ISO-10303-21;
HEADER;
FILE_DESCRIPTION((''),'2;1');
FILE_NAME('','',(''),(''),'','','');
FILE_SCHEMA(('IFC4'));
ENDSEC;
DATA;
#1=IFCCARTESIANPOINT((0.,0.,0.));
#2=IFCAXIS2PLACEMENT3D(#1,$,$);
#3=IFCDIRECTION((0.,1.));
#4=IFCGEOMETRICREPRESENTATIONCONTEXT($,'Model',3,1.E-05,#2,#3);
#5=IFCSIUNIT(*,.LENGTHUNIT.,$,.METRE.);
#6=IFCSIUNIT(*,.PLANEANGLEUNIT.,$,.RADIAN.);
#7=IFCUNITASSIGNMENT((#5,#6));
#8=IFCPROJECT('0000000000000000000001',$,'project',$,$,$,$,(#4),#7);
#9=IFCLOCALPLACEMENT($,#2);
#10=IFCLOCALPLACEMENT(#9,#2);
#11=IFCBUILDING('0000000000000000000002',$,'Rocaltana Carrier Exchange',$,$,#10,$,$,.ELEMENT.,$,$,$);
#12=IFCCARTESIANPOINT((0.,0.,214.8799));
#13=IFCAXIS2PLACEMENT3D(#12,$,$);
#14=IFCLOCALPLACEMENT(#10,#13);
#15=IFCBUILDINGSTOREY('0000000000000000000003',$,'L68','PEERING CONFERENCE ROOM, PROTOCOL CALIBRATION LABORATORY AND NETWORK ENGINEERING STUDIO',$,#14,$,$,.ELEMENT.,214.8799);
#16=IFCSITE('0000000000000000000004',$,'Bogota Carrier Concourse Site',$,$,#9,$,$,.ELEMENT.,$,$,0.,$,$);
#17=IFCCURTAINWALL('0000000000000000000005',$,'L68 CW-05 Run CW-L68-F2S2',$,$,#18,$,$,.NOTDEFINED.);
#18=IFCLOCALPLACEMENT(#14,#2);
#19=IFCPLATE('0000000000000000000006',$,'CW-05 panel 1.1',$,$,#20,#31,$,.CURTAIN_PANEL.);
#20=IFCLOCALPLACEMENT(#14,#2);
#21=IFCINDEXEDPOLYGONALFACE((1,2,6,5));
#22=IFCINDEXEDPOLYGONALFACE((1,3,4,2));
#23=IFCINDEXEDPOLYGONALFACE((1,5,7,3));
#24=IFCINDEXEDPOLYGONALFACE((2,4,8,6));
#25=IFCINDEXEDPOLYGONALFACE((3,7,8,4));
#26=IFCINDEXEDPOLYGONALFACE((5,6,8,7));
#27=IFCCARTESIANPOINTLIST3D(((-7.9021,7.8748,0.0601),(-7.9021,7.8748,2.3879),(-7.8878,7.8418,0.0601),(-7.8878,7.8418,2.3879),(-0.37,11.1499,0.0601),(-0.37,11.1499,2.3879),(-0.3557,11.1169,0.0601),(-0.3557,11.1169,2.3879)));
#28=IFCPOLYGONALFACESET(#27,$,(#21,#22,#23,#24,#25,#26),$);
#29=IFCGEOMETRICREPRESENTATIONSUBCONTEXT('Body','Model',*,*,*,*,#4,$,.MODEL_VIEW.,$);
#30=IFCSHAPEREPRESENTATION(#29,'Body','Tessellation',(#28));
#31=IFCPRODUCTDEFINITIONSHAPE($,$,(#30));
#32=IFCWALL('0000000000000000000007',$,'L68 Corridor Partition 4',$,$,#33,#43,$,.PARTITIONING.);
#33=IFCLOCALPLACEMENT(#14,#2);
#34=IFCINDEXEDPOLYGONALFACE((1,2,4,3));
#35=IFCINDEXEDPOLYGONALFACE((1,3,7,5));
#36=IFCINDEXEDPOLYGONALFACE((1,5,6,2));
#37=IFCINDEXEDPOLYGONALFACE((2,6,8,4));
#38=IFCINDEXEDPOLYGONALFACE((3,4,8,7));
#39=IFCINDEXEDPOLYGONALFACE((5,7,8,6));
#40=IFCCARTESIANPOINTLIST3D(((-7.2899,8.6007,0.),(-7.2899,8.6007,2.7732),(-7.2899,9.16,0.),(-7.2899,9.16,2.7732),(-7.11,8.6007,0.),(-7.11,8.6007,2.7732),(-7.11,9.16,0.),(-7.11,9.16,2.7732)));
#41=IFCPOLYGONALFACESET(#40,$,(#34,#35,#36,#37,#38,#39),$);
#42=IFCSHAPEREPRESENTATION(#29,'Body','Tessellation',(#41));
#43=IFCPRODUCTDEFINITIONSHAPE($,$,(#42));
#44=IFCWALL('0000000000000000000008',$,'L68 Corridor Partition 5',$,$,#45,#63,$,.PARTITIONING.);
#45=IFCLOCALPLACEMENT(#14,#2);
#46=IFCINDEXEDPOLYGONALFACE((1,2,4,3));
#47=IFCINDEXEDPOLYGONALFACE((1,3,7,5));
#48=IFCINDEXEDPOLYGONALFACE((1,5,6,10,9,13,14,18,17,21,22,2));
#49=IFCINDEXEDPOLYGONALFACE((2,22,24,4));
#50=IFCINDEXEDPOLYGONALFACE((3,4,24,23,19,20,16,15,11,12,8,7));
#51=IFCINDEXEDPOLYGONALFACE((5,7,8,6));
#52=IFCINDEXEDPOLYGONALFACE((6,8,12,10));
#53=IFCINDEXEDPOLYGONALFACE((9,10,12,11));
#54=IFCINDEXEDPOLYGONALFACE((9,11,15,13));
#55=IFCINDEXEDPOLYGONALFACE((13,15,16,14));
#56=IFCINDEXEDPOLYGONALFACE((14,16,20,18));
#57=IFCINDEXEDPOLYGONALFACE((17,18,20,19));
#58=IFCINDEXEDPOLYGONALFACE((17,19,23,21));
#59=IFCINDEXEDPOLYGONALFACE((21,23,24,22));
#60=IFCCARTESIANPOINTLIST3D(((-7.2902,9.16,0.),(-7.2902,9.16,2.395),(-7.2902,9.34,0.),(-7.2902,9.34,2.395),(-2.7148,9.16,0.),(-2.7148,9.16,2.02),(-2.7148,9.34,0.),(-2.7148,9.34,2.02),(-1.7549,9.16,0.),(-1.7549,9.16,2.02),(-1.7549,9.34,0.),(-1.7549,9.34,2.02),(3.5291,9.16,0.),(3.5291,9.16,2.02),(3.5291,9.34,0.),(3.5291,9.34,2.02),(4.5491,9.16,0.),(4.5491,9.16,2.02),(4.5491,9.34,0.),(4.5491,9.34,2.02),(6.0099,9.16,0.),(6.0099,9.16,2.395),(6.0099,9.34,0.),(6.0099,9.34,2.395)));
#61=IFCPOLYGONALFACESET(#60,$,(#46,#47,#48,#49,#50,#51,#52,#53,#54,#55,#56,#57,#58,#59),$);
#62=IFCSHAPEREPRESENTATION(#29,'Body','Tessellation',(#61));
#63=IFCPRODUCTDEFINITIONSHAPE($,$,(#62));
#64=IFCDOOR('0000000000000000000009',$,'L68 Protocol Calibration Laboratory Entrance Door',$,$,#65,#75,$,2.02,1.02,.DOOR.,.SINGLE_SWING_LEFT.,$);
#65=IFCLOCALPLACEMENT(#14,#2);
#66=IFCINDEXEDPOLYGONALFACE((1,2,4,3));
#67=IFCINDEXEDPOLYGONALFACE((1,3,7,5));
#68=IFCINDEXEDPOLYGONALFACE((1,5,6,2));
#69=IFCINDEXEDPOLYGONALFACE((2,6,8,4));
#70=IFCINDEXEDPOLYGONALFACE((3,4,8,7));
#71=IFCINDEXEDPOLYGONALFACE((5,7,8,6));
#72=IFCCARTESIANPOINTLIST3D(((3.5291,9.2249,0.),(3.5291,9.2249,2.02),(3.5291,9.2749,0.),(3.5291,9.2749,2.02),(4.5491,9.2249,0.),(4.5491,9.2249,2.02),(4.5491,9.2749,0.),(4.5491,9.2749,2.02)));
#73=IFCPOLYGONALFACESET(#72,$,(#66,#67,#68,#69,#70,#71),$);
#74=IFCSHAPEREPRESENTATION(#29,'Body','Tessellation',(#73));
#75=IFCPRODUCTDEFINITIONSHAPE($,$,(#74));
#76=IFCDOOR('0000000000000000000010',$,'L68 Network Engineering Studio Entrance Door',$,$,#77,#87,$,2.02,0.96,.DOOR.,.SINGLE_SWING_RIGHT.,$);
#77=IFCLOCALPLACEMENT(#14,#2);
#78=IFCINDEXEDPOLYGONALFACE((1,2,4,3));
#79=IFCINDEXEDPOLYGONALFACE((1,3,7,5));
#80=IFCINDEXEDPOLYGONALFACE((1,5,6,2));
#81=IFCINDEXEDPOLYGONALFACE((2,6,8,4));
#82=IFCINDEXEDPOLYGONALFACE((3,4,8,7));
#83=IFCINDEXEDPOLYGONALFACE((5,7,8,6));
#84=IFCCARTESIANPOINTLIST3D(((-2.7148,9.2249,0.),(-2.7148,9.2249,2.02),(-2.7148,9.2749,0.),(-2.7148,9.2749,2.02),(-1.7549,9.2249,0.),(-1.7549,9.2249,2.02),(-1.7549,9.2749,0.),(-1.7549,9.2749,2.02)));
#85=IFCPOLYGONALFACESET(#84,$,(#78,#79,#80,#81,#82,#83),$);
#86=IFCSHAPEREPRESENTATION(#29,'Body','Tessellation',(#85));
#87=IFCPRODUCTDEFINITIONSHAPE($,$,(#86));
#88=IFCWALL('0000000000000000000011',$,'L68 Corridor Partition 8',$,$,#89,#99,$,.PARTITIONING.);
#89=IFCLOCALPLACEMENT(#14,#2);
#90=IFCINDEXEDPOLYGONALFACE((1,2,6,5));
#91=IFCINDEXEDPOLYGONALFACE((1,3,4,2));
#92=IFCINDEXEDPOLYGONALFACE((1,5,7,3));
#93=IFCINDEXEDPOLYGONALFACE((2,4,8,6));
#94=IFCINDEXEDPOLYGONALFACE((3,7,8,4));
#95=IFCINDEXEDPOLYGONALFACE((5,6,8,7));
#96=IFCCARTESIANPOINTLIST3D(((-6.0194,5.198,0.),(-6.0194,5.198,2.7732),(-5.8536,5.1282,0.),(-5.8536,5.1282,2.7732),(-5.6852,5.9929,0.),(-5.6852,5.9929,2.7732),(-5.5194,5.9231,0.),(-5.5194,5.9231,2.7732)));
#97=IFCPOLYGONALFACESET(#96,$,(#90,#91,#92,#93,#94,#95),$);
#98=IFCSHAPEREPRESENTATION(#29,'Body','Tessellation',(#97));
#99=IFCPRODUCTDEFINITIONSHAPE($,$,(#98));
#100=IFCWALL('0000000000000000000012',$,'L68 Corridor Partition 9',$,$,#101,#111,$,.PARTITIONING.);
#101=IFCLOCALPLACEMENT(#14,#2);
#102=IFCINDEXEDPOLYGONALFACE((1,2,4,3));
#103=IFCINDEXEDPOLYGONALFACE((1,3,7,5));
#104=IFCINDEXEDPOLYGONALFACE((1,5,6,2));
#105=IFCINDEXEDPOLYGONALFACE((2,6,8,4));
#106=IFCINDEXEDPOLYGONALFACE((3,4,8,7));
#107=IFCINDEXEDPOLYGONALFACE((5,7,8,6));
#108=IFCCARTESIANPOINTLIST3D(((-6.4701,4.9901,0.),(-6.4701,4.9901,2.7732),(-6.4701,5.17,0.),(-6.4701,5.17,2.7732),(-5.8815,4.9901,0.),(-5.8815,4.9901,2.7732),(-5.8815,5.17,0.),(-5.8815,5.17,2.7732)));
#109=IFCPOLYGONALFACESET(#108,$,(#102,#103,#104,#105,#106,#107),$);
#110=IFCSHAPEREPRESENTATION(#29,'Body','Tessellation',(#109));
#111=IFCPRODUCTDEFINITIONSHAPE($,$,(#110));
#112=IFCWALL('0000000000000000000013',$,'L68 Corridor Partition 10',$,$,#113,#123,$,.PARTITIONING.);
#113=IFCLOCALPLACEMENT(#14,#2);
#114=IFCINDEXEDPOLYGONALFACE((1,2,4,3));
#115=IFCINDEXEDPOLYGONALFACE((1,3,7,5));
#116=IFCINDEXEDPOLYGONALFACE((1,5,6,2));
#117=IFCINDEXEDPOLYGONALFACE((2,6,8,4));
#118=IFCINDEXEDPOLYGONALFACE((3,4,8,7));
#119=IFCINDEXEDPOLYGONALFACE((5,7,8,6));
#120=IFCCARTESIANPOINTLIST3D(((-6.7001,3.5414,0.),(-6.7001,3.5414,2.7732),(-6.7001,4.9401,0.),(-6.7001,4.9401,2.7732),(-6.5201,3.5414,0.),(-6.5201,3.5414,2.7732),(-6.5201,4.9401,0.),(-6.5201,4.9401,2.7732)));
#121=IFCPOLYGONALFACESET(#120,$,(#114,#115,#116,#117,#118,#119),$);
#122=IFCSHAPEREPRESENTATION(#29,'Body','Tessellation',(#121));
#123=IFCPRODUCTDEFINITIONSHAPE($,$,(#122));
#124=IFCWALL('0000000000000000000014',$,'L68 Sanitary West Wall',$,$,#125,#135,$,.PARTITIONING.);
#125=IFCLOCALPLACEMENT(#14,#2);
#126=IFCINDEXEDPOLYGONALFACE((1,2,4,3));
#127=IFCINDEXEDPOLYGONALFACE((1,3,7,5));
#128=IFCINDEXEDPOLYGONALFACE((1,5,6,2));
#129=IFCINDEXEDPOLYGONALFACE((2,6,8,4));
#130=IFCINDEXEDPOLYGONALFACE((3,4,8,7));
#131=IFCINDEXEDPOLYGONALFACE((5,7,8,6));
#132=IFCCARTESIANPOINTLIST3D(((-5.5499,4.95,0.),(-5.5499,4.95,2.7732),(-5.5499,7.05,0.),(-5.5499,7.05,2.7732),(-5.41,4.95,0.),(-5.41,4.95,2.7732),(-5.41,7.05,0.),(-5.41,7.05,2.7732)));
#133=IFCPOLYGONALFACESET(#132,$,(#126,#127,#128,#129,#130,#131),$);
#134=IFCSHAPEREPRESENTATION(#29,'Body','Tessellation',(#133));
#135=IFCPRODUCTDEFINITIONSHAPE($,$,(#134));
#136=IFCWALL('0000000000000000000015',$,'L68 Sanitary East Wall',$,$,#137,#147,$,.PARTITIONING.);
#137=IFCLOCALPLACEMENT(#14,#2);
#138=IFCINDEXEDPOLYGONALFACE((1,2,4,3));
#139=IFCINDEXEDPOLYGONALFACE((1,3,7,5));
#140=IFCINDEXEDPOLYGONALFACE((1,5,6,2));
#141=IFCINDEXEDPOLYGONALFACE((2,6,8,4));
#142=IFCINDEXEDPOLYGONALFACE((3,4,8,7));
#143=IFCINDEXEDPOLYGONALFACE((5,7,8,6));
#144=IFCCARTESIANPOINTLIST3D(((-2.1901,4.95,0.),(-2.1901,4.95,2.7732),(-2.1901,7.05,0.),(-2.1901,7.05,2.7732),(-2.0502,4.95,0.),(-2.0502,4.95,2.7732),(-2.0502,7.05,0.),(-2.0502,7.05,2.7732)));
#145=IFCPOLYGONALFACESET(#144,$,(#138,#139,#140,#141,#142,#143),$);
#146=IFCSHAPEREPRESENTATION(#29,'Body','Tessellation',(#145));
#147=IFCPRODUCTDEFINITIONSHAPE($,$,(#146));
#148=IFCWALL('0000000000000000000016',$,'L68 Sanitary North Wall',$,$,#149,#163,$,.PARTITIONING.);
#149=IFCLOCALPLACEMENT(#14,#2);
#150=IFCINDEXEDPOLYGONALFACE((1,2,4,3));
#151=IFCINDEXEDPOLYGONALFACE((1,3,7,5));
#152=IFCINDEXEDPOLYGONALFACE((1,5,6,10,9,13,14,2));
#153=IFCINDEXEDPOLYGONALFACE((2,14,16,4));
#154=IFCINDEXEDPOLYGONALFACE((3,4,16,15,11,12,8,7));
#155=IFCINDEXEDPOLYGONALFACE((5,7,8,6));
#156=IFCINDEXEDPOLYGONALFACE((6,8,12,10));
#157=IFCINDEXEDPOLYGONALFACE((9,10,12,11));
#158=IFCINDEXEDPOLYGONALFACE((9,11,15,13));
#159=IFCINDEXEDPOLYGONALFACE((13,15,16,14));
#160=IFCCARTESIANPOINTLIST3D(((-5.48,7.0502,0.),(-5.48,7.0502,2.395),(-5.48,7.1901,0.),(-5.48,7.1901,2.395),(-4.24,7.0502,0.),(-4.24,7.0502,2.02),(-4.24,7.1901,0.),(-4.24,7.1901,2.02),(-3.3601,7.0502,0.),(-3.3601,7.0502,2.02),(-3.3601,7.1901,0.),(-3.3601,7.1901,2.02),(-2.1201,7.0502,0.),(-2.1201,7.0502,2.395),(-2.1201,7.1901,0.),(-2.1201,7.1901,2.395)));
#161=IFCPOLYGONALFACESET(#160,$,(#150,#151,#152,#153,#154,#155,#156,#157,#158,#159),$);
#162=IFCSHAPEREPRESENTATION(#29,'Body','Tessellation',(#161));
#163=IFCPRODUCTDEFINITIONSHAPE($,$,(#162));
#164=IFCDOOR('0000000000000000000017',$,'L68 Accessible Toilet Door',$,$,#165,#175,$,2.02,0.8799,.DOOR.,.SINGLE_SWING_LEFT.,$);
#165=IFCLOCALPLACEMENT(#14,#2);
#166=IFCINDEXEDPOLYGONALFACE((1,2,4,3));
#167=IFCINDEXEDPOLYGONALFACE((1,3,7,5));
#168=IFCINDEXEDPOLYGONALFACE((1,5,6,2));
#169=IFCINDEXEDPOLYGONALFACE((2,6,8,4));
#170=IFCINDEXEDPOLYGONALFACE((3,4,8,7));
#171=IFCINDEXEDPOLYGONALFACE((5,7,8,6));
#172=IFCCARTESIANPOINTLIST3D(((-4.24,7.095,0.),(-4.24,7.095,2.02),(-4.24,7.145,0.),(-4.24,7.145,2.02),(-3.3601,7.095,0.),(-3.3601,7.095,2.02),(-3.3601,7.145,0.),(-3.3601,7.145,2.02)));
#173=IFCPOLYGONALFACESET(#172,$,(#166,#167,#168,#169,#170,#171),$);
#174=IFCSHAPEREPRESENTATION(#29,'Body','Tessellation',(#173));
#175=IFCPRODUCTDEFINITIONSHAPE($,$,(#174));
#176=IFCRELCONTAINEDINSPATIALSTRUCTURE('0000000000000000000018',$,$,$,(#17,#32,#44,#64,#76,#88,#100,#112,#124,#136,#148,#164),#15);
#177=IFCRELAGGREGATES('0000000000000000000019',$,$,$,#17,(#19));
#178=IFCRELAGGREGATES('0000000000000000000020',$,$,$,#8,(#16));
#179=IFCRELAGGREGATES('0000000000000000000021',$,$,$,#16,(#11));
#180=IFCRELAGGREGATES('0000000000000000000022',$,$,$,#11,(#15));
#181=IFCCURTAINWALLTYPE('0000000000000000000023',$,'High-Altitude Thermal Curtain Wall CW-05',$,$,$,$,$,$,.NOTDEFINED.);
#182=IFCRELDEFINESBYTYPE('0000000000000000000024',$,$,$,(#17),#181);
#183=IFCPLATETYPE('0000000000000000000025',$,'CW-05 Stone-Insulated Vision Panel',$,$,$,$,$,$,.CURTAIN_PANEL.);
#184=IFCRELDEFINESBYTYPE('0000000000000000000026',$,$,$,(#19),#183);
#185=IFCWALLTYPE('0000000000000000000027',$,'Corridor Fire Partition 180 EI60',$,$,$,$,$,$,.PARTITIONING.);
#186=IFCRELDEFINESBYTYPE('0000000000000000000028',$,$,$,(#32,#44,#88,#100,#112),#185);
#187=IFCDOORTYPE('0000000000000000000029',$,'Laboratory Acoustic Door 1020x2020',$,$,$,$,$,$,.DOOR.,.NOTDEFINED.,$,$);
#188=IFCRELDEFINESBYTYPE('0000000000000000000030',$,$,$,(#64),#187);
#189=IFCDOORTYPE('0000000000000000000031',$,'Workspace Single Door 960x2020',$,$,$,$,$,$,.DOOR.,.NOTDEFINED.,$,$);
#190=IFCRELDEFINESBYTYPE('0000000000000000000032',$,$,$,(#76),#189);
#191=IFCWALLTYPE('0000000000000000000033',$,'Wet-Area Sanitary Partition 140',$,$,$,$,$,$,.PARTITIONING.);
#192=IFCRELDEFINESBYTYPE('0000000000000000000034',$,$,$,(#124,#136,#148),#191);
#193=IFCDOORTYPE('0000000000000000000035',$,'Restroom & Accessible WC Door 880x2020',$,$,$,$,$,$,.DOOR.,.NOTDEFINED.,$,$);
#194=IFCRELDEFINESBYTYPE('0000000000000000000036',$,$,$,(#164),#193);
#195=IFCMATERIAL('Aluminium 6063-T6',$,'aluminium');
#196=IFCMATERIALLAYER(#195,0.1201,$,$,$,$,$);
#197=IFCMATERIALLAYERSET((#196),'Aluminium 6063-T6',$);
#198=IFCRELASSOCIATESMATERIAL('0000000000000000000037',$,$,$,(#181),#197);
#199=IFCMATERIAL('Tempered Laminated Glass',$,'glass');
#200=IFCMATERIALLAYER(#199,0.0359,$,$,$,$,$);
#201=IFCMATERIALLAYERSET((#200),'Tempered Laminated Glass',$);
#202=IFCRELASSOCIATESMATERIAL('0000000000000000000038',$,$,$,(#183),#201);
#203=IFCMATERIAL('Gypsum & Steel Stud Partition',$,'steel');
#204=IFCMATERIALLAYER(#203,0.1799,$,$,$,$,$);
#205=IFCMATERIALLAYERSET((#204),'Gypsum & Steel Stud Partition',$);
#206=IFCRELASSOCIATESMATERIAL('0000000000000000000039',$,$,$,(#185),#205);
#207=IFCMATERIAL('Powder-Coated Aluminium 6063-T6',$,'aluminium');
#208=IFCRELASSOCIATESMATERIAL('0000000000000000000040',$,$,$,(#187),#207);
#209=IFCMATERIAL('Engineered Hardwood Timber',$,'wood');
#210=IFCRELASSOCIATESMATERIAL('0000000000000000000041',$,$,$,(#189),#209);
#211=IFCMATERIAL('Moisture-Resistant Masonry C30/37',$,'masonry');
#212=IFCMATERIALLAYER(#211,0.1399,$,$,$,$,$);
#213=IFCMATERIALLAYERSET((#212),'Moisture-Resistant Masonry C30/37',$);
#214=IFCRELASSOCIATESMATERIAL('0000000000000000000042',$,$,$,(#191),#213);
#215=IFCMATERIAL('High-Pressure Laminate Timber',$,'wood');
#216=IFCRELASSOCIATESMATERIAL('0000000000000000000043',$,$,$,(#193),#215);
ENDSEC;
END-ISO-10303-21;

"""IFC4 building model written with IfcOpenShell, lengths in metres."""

from ifc_helpers import new_model, si_unit, direction, frame, frame_2d, origin, origin_2d, place, context, subcontext, project, spatial, rectangle, extrude, material, layer, layer_set, type_object, element, fill, aggregate, save


model = new_model("IFC4")

# Units and contexts
model_context = context("Model", 3, precision=1e-05, world=origin(), true_north=direction((0.0, 1.0)))
body_context = subcontext(model_context, "Body", "Model", "MODEL_VIEW")
ifc_project = project(units=[si_unit("LENGTHUNIT", "METRE"), si_unit("PLANEANGLEUNIT", "RADIAN")], contexts=[model_context])

# Site, building, storey
site_placement = place(None, origin())
site = spatial("IfcSite", under=ifc_project, at=site_placement, Name="Bogota Carrier Concourse Site", CompositionType="ELEMENT", RefElevation=0.0)
building_placement = place(site_placement, origin())
building = spatial("IfcBuilding", under=site, at=building_placement, Name="Rocaltana Carrier Exchange", CompositionType="ELEMENT")
storey_placement = place(building_placement, frame((0.0, 0.0, 214.8799)))
storey = spatial("IfcBuildingStorey", under=building, at=storey_placement, Name="L68", Description="PEERING CONFERENCE ROOM, PROTOCOL CALIBRATION LABORATORY AND NETWORK ENGINEERING STUDIO", CompositionType="ELEMENT", Elevation=214.8799)

# Curtain wall
ifc_material_1 = material(Name="Aluminium 6063-T6", Category="aluminium")
ifc_layer_1 = layer(ifc_material_1, 0.1201)
ifc_layer_set_1 = layer_set([ifc_layer_1], Name="Aluminium 6063-T6")
curtain_wall_type = type_object("IfcCurtainWallType", Name="High-Altitude Thermal Curtain Wall CW-05", PredefinedType="NOTDEFINED", material=ifc_layer_set_1)
curtain_wall_placement = place(storey_placement, origin())
curtain_wall = element("IfcCurtainWall", 1, at=curtain_wall_placement, inside=storey, type_object=curtain_wall_type, Name="L68 CW-05 Run CW-L68-F2S2", PredefinedType="NOTDEFINED")

# Plate
ifc_material_2 = material(Name="Tempered Laminated Glass", Category="glass")
ifc_layer_2 = layer(ifc_material_2, 0.0359)
ifc_layer_set_2 = layer_set([ifc_layer_2], Name="Tempered Laminated Glass")
plate_type = type_object("IfcPlateType", Name="CW-05 Stone-Insulated Vision Panel", PredefinedType="CURTAIN_PANEL", material=ifc_layer_set_2)
plate_placement = place(storey_placement, frame((-4.1289, 9.4958, 0.0601), z_axis=(0.0, 0.0, 1.0), x_axis=(-0.917059, -0.398752, 0.0)))
plate = element("IfcPlate", 2, at=plate_placement, type_object=plate_type, Name="CW-05 panel 1.1", PredefinedType="CURTAIN_PANEL", context=body_context, shape_type="SweptSolid", body=[
    extrude(rectangle(XDim=8.2134, YDim=0.0359, at=origin_2d()), origin(), (0.0, 0.0, 1.0), 2.3279),
])
aggregate(curtain_wall, [plate])

# Wall
ifc_material_3 = material(Name="Gypsum & Steel Stud Partition", Category="steel")
ifc_layer_3 = layer(ifc_material_3, 0.1799)
ifc_layer_set_3 = layer_set([ifc_layer_3], Name="Gypsum & Steel Stud Partition")
wall_type_1 = type_object("IfcWallType", Name="Corridor Fire Partition 180 EI60", PredefinedType="PARTITIONING", material=ifc_layer_set_3)
wall_1_placement = place(storey_placement, frame((-7.2, 8.6006, 0.0), z_axis=(0.0, 0.0, 1.0), x_axis=(0.0, 1.0, 0.0)))
element("IfcWall", 3, at=wall_1_placement, inside=storey, type_object=wall_type_1, Name="L68 Corridor Partition 4", PredefinedType="PARTITIONING", context=body_context, shape_type="SweptSolid", body=[
    extrude(rectangle(XDim=0.5593, YDim=0.1799, at=frame_2d((0.2798, 0.0))), origin(), (0.0, 0.0, 1.0), 2.7732),
])

# Wall, openings, doors
wall_2_placement = place(storey_placement, frame((-7.29, 9.25, 0.0), z_axis=(0.0, 0.0, 1.0), x_axis=(1.0, 0.0, 0.0)))
wall_2 = element("IfcWall", 4, at=wall_2_placement, inside=storey, type_object=wall_type_1, Name="L68 Corridor Partition 5", PredefinedType="PARTITIONING", context=body_context, shape_type="SweptSolid", body=[
    extrude(rectangle(XDim=13.3, YDim=0.1799, at=frame_2d((6.6499, 0.0))), origin(), (0.0, 0.0, 1.0), 2.395),
])
opening_1_placement = place(wall_2_placement, frame((10.8191, 0.0, 0.0)))
opening_1 = element("IfcOpeningElement", 5, at=opening_1_placement, cuts=wall_2, PredefinedType="OPENING", context=body_context, shape_type="SweptSolid", body=[
    extrude(rectangle(XDim=1.02, YDim=2.02, at=frame_2d((0.51, 1.01))), frame((0.0, 0.0999, 0.0), z_axis=(0.0, -1.0, 0.0), x_axis=(1.0, 0.0, 0.0)), (0.0, 0.0, 1.0), 0.2),
])
opening_2_placement = place(wall_2_placement, frame((4.5752, 0.0, 0.0)))
opening_2 = element("IfcOpeningElement", 6, at=opening_2_placement, cuts=wall_2, PredefinedType="OPENING", context=body_context, shape_type="SweptSolid", body=[
    extrude(rectangle(XDim=0.96, YDim=2.02, at=frame_2d((0.48, 1.01))), frame((0.0, 0.0999, 0.0), z_axis=(0.0, -1.0, 0.0), x_axis=(1.0, 0.0, 0.0)), (0.0, 0.0, 1.0), 0.2),
])
ifc_material_4 = material(Name="Powder-Coated Aluminium 6063-T6", Category="aluminium")
door_type_1 = type_object("IfcDoorType", Name="Laboratory Acoustic Door 1020x2020", OperationType="NOTDEFINED", PredefinedType="DOOR", material=ifc_material_4)
door_1_placement = place(opening_1_placement, origin())
door_1 = element("IfcDoor", 7, at=door_1_placement, inside=storey, type_object=door_type_1, Name="L68 Protocol Calibration Laboratory Entrance Door", OperationType="SINGLE_SWING_LEFT", OverallHeight=2.02, OverallWidth=1.02, PredefinedType="DOOR", context=body_context, shape_type="SweptSolid", body=[
    extrude(rectangle(XDim=1.02, YDim=2.02, at=frame_2d((0.51, 1.01))), frame((0.0, 0.0249, 0.0), z_axis=(0.0, -1.0, 0.0), x_axis=(1.0, 0.0, 0.0)), (0.0, 0.0, 1.0), 0.05),
])
fill(opening_1, door_1)
ifc_material_5 = material(Name="Engineered Hardwood Timber", Category="wood")
door_type_2 = type_object("IfcDoorType", Name="Workspace Single Door 960x2020", OperationType="NOTDEFINED", PredefinedType="DOOR", material=ifc_material_5)
door_2_placement = place(opening_2_placement, origin())
door_2 = element("IfcDoor", 8, at=door_2_placement, inside=storey, type_object=door_type_2, Name="L68 Network Engineering Studio Entrance Door", OperationType="SINGLE_SWING_RIGHT", OverallHeight=2.02, OverallWidth=0.96, PredefinedType="DOOR", context=body_context, shape_type="SweptSolid", body=[
    extrude(rectangle(XDim=0.96, YDim=2.02, at=frame_2d((0.48, 1.01))), frame((0.0, 0.0249, 0.0), z_axis=(0.0, -1.0, 0.0), x_axis=(1.0, 0.0, 0.0)), (0.0, 0.0, 1.0), 0.05),
])
fill(opening_2, door_2)

# Walls
wall_3_placement = place(storey_placement, frame((-5.6023, 5.958, 0.0), z_axis=(0.0, 0.0, 1.0), x_axis=(-0.387589, -0.921832, 0.0)))
element("IfcWall", 9, at=wall_3_placement, inside=storey, type_object=wall_type_1, Name="L68 Corridor Partition 8", PredefinedType="PARTITIONING", context=body_context, shape_type="SweptSolid", body=[
    extrude(rectangle(XDim=0.8623, YDim=0.1799, at=frame_2d((0.4312, 0.0))), origin(), (0.0, 0.0, 1.0), 2.7732),
])
wall_4_placement = place(storey_placement, frame((-5.8813, 5.0801, 0.0), z_axis=(0.0, 0.0, 1.0), x_axis=(-1.0, 0.0, 0.0)))
element("IfcWall", 10, at=wall_4_placement, inside=storey, type_object=wall_type_1, Name="L68 Corridor Partition 9", PredefinedType="PARTITIONING", context=body_context, shape_type="SweptSolid", body=[
    extrude(rectangle(XDim=0.5886, YDim=0.1799, at=frame_2d((0.2944, 0.0))), origin(), (0.0, 0.0, 1.0), 2.7732),
])
wall_5_placement = place(storey_placement, frame((-6.6101, 4.9399, 0.0), z_axis=(0.0, 0.0, 1.0), x_axis=(0.0, -1.0, 0.0)))
element("IfcWall", 11, at=wall_5_placement, inside=storey, type_object=wall_type_1, Name="L68 Corridor Partition 10", PredefinedType="PARTITIONING", context=body_context, shape_type="SweptSolid", body=[
    extrude(rectangle(XDim=1.3987, YDim=0.1799, at=frame_2d((0.6992, 0.0))), origin(), (0.0, 0.0, 1.0), 2.7732),
])
ifc_material_6 = material(Name="Moisture-Resistant Masonry C30/37", Category="masonry")
ifc_layer_4 = layer(ifc_material_6, 0.1399)
ifc_layer_set_4 = layer_set([ifc_layer_4], Name="Moisture-Resistant Masonry C30/37")
wall_type_2 = type_object("IfcWallType", Name="Wet-Area Sanitary Partition 140", PredefinedType="PARTITIONING", material=ifc_layer_set_4)
for number, where, z_axis, x_axis, name in (
    (12, (-5.48, 4.95, 0.0), (0.0, 0.0, 1.0), (0.0, 1.0, 0.0), "L68 Sanitary West Wall"),
    (13, (-2.1201, 4.95, 0.0), (0.0, 0.0, 1.0), (0.0, 1.0, 0.0), "L68 Sanitary East Wall"),
):
    element("IfcWall", number, at=place(storey_placement, frame(where, z_axis=z_axis, x_axis=x_axis)), inside=storey, type_object=wall_type_2, Name=name, PredefinedType="PARTITIONING", context=body_context, shape_type="SweptSolid", body=[
        extrude(rectangle(XDim=2.1001, YDim=0.1399, at=frame_2d((1.05, 0.0))), origin(), (0.0, 0.0, 1.0), 2.7732),
    ])

# Wall, opening, door
wall_6_placement = place(storey_placement, frame((-5.48, 7.1201, 0.0), z_axis=(0.0, 0.0, 1.0), x_axis=(1.0, 0.0, 0.0)))
wall_6 = element("IfcWall", 14, at=wall_6_placement, inside=storey, type_object=wall_type_2, Name="L68 Sanitary North Wall", PredefinedType="PARTITIONING", context=body_context, shape_type="SweptSolid", body=[
    extrude(rectangle(XDim=3.3599, YDim=0.1399, at=frame_2d((1.6799, 0.0))), origin(), (0.0, 0.0, 1.0), 2.395),
])
opening_3_placement = place(wall_6_placement, frame((1.24, 0.0, 0.0)))
opening_3 = element("IfcOpeningElement", 15, at=opening_3_placement, cuts=wall_6, PredefinedType="OPENING", context=body_context, shape_type="SweptSolid", body=[
    extrude(rectangle(XDim=0.8799, YDim=2.02, at=frame_2d((0.4399, 1.01))), frame((0.0, 0.0798, 0.0), z_axis=(0.0, -1.0, 0.0), x_axis=(1.0, 0.0, 0.0)), (0.0, 0.0, 1.0), 0.1599),
])
ifc_material_7 = material(Name="High-Pressure Laminate Timber", Category="wood")
door_type_3 = type_object("IfcDoorType", Name="Restroom & Accessible WC Door 880x2020", OperationType="NOTDEFINED", PredefinedType="DOOR", material=ifc_material_7)
door_3_placement = place(opening_3_placement, origin())
door_3 = element("IfcDoor", 16, at=door_3_placement, inside=storey, type_object=door_type_3, Name="L68 Accessible Toilet Door", OperationType="SINGLE_SWING_LEFT", OverallHeight=2.02, OverallWidth=0.8799, PredefinedType="DOOR", context=body_context, shape_type="SweptSolid", body=[
    extrude(rectangle(XDim=0.8799, YDim=2.02, at=frame_2d((0.4399, 1.01))), frame((0.0, 0.0249, 0.0), z_axis=(0.0, -1.0, 0.0), x_axis=(1.0, 0.0, 0.0)), (0.0, 0.0, 1.0), 0.05),
])
fill(opening_3, door_3)

save(model, "model.ifc")
